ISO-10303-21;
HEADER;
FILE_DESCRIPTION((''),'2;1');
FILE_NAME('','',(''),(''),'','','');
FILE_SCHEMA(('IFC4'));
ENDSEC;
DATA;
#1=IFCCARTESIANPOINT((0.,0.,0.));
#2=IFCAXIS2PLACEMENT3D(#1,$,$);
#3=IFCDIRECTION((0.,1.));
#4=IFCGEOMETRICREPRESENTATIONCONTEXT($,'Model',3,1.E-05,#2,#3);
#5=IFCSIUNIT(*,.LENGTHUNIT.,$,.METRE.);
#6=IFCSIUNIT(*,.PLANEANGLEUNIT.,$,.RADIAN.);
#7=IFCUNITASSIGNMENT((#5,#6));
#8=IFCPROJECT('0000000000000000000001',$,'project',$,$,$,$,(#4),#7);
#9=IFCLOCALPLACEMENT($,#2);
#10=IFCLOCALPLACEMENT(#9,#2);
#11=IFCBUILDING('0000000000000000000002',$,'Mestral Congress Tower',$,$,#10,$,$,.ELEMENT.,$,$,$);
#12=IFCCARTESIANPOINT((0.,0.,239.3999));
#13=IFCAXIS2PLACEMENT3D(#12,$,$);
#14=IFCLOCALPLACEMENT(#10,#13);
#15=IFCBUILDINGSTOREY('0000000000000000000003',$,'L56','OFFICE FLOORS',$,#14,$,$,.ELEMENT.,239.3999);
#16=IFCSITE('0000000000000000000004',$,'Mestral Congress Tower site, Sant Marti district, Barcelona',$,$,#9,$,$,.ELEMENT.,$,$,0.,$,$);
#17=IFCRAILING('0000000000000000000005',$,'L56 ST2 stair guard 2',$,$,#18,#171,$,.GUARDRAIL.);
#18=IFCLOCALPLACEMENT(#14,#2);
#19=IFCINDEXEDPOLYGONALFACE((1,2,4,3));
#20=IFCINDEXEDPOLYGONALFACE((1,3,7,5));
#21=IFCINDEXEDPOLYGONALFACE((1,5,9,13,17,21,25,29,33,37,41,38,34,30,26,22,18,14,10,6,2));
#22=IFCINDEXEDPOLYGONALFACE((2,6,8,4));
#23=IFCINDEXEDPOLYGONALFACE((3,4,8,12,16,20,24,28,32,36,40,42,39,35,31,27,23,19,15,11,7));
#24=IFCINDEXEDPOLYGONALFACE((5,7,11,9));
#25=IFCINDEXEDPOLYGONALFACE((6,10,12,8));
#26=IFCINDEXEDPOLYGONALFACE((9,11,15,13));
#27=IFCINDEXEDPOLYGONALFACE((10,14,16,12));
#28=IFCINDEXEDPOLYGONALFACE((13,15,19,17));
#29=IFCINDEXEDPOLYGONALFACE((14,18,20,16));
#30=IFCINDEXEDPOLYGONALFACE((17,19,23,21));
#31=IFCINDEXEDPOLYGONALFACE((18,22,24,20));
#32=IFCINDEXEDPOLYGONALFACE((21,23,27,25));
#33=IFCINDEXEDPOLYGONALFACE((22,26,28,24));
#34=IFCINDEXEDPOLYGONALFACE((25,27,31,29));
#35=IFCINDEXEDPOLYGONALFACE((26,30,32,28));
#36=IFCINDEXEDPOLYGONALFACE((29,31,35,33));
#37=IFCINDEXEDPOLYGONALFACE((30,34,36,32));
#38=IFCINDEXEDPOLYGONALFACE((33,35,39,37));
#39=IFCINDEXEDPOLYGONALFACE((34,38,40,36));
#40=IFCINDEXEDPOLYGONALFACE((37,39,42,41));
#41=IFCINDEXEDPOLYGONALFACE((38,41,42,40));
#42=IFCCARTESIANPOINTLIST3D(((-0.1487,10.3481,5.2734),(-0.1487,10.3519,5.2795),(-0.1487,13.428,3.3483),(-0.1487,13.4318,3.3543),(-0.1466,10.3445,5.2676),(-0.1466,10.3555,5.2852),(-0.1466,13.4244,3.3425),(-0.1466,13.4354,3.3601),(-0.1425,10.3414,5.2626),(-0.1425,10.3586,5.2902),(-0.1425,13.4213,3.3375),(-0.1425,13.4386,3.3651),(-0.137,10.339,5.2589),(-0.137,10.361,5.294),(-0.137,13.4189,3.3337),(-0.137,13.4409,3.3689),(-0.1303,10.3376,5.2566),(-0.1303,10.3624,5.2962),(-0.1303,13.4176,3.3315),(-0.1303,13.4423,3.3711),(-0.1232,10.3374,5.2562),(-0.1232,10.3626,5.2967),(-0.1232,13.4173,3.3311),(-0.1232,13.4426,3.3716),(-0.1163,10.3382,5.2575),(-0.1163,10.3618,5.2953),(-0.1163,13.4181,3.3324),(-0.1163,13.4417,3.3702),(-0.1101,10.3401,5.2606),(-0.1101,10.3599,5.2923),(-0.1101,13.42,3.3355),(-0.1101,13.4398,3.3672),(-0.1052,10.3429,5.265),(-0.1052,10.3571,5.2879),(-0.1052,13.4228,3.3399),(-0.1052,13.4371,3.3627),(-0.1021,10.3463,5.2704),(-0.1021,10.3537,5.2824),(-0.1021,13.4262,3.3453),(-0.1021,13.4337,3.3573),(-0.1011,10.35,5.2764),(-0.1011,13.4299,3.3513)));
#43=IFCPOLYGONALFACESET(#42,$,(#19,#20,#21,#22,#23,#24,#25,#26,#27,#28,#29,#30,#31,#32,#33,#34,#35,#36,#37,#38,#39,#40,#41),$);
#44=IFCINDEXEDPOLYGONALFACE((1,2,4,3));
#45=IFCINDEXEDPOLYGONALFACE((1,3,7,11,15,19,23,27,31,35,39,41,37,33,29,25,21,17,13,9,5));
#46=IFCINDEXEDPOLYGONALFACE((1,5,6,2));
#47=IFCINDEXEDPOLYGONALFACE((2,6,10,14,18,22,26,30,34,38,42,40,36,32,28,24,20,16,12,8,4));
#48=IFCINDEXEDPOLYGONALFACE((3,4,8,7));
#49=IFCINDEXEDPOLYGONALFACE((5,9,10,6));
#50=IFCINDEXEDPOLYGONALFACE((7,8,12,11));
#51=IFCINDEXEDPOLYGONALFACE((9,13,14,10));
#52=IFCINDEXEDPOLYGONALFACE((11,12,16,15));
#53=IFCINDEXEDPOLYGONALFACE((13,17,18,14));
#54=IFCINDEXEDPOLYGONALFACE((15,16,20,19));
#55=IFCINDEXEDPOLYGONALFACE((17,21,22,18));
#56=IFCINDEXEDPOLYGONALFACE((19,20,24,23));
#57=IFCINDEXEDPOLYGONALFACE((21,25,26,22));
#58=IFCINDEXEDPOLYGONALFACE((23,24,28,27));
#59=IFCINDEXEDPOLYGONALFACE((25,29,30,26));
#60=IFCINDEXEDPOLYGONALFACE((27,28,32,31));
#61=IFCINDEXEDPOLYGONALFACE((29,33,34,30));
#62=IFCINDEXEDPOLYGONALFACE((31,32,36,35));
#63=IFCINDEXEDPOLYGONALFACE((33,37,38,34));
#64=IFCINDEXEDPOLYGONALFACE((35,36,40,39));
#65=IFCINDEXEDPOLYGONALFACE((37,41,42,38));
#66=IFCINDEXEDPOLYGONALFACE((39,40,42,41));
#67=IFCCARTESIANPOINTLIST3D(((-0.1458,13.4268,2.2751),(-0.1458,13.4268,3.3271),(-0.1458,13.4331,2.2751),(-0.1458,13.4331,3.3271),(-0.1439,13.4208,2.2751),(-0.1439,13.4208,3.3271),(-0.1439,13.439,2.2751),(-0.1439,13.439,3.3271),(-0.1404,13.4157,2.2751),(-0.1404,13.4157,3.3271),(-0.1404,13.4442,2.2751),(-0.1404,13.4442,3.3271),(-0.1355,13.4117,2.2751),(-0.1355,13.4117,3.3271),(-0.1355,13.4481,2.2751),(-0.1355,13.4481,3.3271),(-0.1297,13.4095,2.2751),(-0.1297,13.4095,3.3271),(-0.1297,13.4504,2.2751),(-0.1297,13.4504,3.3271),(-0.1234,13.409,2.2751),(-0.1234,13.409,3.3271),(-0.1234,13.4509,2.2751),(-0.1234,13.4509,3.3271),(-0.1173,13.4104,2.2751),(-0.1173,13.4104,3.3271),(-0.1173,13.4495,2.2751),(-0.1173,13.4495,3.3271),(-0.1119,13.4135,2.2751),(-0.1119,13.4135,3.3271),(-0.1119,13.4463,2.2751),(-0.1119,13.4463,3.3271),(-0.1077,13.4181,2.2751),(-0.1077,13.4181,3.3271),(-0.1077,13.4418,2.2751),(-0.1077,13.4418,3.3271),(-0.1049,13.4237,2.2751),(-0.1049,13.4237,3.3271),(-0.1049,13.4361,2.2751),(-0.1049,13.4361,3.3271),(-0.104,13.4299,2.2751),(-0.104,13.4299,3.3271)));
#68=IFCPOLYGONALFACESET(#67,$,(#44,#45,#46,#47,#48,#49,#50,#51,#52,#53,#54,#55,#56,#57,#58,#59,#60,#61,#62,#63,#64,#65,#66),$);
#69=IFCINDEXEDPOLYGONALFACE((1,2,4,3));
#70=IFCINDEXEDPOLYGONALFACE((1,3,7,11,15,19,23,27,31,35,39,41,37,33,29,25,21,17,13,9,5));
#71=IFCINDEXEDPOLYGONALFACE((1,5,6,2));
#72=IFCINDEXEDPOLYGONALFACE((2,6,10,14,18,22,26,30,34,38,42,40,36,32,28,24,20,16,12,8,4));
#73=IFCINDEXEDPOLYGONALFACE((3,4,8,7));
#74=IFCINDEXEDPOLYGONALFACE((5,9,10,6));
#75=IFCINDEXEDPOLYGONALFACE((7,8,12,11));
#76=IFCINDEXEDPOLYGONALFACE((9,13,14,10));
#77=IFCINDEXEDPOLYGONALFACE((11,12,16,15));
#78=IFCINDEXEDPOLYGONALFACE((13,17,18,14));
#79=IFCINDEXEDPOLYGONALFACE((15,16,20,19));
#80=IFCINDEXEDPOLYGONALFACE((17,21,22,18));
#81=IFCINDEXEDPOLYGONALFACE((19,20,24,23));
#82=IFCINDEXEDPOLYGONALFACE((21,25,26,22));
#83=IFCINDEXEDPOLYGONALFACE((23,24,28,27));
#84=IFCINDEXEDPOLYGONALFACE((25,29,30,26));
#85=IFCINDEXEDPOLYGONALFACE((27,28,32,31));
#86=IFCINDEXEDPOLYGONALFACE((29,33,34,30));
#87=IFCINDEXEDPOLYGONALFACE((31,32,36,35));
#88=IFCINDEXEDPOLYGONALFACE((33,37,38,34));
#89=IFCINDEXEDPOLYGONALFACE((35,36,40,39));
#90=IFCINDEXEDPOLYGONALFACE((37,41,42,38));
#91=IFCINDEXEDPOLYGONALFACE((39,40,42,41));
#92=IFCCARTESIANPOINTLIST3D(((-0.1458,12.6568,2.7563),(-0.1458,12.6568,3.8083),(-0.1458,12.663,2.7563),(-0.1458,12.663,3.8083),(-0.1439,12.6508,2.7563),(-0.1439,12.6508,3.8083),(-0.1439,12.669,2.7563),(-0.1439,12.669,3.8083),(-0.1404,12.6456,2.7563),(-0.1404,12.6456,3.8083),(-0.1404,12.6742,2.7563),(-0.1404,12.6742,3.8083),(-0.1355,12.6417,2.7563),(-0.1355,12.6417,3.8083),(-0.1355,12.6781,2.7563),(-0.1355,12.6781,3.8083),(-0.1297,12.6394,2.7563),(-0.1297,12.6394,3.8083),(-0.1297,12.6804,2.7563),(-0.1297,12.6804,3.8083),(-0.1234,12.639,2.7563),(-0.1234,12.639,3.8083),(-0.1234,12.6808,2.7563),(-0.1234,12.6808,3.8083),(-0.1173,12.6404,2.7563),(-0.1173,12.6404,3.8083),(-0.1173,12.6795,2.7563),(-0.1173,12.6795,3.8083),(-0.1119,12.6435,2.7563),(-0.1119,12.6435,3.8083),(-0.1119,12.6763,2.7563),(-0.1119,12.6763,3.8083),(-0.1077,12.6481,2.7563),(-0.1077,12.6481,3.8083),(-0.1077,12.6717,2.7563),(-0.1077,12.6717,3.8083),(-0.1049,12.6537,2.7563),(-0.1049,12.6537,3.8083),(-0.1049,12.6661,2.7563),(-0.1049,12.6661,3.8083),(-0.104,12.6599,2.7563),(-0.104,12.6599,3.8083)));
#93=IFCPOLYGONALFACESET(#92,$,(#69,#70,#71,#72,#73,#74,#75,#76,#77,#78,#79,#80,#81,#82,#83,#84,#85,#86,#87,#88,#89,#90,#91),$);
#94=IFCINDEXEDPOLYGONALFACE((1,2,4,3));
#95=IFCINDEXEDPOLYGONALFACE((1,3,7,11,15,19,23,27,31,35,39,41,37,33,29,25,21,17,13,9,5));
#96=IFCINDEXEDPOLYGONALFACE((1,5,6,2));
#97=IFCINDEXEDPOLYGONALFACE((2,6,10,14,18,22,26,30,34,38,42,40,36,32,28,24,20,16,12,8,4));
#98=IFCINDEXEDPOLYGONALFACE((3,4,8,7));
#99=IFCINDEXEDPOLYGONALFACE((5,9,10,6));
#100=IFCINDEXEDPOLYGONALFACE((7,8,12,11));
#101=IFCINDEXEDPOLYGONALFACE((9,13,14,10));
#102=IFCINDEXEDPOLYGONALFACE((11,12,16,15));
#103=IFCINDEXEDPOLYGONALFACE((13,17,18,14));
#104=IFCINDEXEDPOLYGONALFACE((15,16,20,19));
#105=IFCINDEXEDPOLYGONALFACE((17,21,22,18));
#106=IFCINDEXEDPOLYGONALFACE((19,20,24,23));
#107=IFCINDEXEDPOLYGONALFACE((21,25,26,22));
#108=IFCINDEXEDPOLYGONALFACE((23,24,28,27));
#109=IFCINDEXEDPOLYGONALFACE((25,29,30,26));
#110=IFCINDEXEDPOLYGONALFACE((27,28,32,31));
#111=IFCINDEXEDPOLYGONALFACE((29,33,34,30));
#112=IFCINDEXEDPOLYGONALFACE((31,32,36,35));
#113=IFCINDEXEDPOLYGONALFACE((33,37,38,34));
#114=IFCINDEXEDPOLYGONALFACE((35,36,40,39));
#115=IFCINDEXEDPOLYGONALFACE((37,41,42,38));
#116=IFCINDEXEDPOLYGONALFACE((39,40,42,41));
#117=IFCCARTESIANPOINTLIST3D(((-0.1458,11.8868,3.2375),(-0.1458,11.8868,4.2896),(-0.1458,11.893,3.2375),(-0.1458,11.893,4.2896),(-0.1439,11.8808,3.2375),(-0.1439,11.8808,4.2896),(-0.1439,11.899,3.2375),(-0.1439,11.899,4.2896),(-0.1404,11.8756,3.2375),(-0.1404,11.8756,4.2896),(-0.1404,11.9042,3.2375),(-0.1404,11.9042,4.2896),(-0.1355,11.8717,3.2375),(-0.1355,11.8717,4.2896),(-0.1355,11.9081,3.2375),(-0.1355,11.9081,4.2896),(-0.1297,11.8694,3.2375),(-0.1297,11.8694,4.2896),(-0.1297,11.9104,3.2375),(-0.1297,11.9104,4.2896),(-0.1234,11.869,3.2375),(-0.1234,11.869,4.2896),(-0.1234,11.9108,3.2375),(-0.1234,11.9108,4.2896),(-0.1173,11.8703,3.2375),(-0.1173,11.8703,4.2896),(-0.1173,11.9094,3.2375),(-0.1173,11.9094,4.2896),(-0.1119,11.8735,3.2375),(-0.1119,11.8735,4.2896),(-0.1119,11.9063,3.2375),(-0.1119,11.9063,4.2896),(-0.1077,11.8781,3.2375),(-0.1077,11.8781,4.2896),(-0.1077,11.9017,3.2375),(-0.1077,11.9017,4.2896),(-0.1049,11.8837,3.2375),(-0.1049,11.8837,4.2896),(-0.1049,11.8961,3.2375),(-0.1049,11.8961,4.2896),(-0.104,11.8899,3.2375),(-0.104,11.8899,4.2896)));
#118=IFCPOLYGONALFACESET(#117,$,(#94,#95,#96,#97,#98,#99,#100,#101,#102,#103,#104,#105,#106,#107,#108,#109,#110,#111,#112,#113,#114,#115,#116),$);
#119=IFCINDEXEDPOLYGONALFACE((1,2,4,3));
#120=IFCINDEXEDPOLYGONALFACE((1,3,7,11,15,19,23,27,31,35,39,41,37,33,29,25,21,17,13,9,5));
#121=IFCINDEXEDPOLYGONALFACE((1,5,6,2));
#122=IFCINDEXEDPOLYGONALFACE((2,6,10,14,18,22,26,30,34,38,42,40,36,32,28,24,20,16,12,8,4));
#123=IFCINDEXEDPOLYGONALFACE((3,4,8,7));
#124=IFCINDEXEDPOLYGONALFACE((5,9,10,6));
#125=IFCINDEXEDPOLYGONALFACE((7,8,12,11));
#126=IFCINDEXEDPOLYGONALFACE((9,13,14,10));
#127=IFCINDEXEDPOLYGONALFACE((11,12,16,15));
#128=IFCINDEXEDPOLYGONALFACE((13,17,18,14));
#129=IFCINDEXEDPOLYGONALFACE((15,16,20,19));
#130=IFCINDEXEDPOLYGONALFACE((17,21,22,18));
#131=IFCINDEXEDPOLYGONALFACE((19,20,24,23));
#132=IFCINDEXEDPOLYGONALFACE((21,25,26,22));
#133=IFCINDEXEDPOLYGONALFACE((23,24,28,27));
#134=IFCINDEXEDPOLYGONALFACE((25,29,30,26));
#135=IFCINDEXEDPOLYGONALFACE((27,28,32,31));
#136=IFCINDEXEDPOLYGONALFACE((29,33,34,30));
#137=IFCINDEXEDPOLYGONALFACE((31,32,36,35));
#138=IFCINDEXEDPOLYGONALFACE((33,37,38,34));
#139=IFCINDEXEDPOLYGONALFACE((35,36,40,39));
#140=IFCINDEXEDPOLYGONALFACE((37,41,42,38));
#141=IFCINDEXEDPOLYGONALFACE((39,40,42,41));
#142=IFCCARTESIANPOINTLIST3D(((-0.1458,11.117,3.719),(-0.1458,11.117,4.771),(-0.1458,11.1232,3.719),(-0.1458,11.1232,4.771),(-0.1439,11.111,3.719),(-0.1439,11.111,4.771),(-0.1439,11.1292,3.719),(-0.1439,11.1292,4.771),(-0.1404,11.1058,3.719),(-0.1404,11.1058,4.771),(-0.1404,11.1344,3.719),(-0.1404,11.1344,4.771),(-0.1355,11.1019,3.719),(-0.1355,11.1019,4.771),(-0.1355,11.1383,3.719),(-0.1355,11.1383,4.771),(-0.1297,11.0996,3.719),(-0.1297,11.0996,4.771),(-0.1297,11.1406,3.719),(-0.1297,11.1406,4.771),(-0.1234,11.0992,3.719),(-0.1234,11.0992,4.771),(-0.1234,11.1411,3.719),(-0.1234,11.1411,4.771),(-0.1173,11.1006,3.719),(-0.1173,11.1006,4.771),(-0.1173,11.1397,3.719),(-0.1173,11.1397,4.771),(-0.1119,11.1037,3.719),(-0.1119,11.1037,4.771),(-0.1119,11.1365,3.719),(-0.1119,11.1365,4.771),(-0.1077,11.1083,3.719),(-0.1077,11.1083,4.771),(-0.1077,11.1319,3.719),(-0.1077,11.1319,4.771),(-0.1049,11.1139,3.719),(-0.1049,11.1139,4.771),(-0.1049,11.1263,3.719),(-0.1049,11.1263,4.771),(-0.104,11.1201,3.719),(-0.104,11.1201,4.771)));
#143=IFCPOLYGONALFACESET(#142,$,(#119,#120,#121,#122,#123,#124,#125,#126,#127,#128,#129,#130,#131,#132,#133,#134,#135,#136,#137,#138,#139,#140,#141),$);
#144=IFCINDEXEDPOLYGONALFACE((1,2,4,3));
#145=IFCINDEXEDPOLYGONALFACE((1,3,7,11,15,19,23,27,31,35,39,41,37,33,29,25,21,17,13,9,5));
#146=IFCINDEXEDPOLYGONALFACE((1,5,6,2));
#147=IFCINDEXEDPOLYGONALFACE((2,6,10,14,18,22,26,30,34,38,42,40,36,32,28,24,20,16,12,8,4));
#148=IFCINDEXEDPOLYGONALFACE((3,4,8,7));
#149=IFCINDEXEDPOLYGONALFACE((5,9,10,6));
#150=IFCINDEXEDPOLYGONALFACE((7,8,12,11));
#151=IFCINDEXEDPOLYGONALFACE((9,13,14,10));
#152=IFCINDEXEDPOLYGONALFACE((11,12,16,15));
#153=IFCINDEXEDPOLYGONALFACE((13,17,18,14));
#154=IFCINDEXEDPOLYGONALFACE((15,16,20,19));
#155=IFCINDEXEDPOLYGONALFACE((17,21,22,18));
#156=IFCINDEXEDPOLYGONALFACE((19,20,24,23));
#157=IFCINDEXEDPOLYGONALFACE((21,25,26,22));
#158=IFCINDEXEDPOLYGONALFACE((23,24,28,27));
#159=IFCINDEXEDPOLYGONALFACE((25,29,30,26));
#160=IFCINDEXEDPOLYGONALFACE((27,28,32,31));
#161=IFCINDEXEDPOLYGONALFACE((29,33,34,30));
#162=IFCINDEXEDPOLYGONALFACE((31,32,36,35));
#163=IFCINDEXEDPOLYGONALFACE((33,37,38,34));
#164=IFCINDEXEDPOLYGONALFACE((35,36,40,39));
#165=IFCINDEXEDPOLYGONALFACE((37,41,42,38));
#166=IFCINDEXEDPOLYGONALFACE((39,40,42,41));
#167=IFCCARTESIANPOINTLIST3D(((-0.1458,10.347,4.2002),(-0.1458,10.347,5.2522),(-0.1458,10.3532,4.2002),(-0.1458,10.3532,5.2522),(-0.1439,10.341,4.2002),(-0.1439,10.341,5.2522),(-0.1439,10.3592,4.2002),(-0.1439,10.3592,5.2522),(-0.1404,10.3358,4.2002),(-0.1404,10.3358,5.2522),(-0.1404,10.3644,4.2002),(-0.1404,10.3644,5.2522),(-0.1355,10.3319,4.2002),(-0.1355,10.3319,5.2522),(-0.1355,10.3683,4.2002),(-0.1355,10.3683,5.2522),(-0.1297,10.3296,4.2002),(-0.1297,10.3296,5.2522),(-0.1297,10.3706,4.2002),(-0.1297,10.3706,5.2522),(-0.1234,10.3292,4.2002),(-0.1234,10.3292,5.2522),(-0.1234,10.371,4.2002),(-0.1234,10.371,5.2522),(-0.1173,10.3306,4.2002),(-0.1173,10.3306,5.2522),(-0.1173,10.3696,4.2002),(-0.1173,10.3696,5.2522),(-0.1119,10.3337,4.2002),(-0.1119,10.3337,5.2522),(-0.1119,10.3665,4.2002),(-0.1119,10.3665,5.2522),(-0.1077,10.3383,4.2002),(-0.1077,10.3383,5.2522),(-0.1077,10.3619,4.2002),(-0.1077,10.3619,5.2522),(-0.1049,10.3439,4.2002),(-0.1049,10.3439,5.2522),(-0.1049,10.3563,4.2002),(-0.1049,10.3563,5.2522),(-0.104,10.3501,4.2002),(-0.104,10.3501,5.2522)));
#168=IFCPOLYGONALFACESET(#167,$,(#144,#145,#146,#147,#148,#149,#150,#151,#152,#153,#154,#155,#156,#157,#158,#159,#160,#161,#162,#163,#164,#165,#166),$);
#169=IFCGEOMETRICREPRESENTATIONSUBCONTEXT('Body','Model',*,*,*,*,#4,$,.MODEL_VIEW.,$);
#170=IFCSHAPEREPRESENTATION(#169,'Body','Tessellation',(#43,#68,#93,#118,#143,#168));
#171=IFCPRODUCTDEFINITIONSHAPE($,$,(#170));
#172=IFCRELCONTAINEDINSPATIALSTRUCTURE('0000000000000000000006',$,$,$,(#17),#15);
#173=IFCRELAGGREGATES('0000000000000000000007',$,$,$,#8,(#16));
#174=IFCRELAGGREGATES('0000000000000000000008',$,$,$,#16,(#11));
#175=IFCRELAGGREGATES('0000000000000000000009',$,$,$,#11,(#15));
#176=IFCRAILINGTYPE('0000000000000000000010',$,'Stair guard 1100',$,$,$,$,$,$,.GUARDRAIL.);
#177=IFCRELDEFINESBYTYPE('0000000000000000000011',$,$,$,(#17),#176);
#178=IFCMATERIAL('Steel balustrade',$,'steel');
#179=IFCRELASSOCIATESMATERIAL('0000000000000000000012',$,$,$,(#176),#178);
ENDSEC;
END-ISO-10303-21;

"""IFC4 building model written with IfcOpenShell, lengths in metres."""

from ifc_helpers import new_model, si_unit, direction, frame, origin, origin_2d, place, context, subcontext, project, spatial, circle, extrude, material, type_object, element, save


model = new_model("IFC4")

# Units and contexts
model_context = context("Model", 3, precision=1e-05, world=origin(), true_north=direction((0.0, 1.0)))
body_context = subcontext(model_context, "Body", "Model", "MODEL_VIEW")
ifc_project = project(units=[si_unit("LENGTHUNIT", "METRE"), si_unit("PLANEANGLEUNIT", "RADIAN")], contexts=[model_context])

# Site, building, storey
site_placement = place(None, origin())
site = spatial("IfcSite", under=ifc_project, at=site_placement, Name="Mestral Congress Tower site, Sant Marti district, Barcelona", CompositionType="ELEMENT", RefElevation=0.0)
building_placement = place(site_placement, origin())
building = spatial("IfcBuilding", under=site, at=building_placement, Name="Mestral Congress Tower", CompositionType="ELEMENT")
storey_placement = place(building_placement, frame((0.0, 0.0, 239.3999)))
storey = spatial("IfcBuildingStorey", under=building, at=storey_placement, Name="L56", Description="OFFICE FLOORS", CompositionType="ELEMENT", Elevation=239.3999)

# Railing
ifc_material_1 = material(Name="Steel balustrade", Category="steel")
railing_type = type_object("IfcRailingType", Name="Stair guard 1100", PredefinedType="GUARDRAIL", material=ifc_material_1)
railing_placement = place(storey_placement, frame((-0.125, 13.4299, 2.2751)))
element("IfcRailing", 1, at=railing_placement, inside=storey, type_object=railing_type, Name="L56 ST2 stair guard 2", PredefinedType="GUARDRAIL", context=body_context, shape_type="SweptSolid", body=[
    extrude(circle(Radius=0.0239, at=origin_2d()), frame((0.0, 0.0, 1.0762), z_axis=(0.0, -0.847979, 0.530029), x_axis=(1.0, 0.0, 0.0)), (0.0, 0.0, 1.0), 3.6321),
    extrude(circle(Radius=0.021, at=origin_2d()), origin(), (0.0, 0.0, 1.0), 1.052),
    extrude(circle(Radius=0.021, at=origin_2d()), frame((0.0, -0.77, 0.4812)), (0.0, 0.0, 1.0), 1.052),
    extrude(circle(Radius=0.021, at=origin_2d()), frame((0.0, -1.54, 0.9624)), (0.0, 0.0, 1.0), 1.052),
    extrude(circle(Radius=0.021, at=origin_2d()), frame((0.0, -2.3098, 1.4438)), (0.0, 0.0, 1.0), 1.052),
    extrude(circle(Radius=0.021, at=origin_2d()), frame((0.0, -3.0798, 1.925)), (0.0, 0.0, 1.0), 1.052),
])

save(model, "model.ifc")
